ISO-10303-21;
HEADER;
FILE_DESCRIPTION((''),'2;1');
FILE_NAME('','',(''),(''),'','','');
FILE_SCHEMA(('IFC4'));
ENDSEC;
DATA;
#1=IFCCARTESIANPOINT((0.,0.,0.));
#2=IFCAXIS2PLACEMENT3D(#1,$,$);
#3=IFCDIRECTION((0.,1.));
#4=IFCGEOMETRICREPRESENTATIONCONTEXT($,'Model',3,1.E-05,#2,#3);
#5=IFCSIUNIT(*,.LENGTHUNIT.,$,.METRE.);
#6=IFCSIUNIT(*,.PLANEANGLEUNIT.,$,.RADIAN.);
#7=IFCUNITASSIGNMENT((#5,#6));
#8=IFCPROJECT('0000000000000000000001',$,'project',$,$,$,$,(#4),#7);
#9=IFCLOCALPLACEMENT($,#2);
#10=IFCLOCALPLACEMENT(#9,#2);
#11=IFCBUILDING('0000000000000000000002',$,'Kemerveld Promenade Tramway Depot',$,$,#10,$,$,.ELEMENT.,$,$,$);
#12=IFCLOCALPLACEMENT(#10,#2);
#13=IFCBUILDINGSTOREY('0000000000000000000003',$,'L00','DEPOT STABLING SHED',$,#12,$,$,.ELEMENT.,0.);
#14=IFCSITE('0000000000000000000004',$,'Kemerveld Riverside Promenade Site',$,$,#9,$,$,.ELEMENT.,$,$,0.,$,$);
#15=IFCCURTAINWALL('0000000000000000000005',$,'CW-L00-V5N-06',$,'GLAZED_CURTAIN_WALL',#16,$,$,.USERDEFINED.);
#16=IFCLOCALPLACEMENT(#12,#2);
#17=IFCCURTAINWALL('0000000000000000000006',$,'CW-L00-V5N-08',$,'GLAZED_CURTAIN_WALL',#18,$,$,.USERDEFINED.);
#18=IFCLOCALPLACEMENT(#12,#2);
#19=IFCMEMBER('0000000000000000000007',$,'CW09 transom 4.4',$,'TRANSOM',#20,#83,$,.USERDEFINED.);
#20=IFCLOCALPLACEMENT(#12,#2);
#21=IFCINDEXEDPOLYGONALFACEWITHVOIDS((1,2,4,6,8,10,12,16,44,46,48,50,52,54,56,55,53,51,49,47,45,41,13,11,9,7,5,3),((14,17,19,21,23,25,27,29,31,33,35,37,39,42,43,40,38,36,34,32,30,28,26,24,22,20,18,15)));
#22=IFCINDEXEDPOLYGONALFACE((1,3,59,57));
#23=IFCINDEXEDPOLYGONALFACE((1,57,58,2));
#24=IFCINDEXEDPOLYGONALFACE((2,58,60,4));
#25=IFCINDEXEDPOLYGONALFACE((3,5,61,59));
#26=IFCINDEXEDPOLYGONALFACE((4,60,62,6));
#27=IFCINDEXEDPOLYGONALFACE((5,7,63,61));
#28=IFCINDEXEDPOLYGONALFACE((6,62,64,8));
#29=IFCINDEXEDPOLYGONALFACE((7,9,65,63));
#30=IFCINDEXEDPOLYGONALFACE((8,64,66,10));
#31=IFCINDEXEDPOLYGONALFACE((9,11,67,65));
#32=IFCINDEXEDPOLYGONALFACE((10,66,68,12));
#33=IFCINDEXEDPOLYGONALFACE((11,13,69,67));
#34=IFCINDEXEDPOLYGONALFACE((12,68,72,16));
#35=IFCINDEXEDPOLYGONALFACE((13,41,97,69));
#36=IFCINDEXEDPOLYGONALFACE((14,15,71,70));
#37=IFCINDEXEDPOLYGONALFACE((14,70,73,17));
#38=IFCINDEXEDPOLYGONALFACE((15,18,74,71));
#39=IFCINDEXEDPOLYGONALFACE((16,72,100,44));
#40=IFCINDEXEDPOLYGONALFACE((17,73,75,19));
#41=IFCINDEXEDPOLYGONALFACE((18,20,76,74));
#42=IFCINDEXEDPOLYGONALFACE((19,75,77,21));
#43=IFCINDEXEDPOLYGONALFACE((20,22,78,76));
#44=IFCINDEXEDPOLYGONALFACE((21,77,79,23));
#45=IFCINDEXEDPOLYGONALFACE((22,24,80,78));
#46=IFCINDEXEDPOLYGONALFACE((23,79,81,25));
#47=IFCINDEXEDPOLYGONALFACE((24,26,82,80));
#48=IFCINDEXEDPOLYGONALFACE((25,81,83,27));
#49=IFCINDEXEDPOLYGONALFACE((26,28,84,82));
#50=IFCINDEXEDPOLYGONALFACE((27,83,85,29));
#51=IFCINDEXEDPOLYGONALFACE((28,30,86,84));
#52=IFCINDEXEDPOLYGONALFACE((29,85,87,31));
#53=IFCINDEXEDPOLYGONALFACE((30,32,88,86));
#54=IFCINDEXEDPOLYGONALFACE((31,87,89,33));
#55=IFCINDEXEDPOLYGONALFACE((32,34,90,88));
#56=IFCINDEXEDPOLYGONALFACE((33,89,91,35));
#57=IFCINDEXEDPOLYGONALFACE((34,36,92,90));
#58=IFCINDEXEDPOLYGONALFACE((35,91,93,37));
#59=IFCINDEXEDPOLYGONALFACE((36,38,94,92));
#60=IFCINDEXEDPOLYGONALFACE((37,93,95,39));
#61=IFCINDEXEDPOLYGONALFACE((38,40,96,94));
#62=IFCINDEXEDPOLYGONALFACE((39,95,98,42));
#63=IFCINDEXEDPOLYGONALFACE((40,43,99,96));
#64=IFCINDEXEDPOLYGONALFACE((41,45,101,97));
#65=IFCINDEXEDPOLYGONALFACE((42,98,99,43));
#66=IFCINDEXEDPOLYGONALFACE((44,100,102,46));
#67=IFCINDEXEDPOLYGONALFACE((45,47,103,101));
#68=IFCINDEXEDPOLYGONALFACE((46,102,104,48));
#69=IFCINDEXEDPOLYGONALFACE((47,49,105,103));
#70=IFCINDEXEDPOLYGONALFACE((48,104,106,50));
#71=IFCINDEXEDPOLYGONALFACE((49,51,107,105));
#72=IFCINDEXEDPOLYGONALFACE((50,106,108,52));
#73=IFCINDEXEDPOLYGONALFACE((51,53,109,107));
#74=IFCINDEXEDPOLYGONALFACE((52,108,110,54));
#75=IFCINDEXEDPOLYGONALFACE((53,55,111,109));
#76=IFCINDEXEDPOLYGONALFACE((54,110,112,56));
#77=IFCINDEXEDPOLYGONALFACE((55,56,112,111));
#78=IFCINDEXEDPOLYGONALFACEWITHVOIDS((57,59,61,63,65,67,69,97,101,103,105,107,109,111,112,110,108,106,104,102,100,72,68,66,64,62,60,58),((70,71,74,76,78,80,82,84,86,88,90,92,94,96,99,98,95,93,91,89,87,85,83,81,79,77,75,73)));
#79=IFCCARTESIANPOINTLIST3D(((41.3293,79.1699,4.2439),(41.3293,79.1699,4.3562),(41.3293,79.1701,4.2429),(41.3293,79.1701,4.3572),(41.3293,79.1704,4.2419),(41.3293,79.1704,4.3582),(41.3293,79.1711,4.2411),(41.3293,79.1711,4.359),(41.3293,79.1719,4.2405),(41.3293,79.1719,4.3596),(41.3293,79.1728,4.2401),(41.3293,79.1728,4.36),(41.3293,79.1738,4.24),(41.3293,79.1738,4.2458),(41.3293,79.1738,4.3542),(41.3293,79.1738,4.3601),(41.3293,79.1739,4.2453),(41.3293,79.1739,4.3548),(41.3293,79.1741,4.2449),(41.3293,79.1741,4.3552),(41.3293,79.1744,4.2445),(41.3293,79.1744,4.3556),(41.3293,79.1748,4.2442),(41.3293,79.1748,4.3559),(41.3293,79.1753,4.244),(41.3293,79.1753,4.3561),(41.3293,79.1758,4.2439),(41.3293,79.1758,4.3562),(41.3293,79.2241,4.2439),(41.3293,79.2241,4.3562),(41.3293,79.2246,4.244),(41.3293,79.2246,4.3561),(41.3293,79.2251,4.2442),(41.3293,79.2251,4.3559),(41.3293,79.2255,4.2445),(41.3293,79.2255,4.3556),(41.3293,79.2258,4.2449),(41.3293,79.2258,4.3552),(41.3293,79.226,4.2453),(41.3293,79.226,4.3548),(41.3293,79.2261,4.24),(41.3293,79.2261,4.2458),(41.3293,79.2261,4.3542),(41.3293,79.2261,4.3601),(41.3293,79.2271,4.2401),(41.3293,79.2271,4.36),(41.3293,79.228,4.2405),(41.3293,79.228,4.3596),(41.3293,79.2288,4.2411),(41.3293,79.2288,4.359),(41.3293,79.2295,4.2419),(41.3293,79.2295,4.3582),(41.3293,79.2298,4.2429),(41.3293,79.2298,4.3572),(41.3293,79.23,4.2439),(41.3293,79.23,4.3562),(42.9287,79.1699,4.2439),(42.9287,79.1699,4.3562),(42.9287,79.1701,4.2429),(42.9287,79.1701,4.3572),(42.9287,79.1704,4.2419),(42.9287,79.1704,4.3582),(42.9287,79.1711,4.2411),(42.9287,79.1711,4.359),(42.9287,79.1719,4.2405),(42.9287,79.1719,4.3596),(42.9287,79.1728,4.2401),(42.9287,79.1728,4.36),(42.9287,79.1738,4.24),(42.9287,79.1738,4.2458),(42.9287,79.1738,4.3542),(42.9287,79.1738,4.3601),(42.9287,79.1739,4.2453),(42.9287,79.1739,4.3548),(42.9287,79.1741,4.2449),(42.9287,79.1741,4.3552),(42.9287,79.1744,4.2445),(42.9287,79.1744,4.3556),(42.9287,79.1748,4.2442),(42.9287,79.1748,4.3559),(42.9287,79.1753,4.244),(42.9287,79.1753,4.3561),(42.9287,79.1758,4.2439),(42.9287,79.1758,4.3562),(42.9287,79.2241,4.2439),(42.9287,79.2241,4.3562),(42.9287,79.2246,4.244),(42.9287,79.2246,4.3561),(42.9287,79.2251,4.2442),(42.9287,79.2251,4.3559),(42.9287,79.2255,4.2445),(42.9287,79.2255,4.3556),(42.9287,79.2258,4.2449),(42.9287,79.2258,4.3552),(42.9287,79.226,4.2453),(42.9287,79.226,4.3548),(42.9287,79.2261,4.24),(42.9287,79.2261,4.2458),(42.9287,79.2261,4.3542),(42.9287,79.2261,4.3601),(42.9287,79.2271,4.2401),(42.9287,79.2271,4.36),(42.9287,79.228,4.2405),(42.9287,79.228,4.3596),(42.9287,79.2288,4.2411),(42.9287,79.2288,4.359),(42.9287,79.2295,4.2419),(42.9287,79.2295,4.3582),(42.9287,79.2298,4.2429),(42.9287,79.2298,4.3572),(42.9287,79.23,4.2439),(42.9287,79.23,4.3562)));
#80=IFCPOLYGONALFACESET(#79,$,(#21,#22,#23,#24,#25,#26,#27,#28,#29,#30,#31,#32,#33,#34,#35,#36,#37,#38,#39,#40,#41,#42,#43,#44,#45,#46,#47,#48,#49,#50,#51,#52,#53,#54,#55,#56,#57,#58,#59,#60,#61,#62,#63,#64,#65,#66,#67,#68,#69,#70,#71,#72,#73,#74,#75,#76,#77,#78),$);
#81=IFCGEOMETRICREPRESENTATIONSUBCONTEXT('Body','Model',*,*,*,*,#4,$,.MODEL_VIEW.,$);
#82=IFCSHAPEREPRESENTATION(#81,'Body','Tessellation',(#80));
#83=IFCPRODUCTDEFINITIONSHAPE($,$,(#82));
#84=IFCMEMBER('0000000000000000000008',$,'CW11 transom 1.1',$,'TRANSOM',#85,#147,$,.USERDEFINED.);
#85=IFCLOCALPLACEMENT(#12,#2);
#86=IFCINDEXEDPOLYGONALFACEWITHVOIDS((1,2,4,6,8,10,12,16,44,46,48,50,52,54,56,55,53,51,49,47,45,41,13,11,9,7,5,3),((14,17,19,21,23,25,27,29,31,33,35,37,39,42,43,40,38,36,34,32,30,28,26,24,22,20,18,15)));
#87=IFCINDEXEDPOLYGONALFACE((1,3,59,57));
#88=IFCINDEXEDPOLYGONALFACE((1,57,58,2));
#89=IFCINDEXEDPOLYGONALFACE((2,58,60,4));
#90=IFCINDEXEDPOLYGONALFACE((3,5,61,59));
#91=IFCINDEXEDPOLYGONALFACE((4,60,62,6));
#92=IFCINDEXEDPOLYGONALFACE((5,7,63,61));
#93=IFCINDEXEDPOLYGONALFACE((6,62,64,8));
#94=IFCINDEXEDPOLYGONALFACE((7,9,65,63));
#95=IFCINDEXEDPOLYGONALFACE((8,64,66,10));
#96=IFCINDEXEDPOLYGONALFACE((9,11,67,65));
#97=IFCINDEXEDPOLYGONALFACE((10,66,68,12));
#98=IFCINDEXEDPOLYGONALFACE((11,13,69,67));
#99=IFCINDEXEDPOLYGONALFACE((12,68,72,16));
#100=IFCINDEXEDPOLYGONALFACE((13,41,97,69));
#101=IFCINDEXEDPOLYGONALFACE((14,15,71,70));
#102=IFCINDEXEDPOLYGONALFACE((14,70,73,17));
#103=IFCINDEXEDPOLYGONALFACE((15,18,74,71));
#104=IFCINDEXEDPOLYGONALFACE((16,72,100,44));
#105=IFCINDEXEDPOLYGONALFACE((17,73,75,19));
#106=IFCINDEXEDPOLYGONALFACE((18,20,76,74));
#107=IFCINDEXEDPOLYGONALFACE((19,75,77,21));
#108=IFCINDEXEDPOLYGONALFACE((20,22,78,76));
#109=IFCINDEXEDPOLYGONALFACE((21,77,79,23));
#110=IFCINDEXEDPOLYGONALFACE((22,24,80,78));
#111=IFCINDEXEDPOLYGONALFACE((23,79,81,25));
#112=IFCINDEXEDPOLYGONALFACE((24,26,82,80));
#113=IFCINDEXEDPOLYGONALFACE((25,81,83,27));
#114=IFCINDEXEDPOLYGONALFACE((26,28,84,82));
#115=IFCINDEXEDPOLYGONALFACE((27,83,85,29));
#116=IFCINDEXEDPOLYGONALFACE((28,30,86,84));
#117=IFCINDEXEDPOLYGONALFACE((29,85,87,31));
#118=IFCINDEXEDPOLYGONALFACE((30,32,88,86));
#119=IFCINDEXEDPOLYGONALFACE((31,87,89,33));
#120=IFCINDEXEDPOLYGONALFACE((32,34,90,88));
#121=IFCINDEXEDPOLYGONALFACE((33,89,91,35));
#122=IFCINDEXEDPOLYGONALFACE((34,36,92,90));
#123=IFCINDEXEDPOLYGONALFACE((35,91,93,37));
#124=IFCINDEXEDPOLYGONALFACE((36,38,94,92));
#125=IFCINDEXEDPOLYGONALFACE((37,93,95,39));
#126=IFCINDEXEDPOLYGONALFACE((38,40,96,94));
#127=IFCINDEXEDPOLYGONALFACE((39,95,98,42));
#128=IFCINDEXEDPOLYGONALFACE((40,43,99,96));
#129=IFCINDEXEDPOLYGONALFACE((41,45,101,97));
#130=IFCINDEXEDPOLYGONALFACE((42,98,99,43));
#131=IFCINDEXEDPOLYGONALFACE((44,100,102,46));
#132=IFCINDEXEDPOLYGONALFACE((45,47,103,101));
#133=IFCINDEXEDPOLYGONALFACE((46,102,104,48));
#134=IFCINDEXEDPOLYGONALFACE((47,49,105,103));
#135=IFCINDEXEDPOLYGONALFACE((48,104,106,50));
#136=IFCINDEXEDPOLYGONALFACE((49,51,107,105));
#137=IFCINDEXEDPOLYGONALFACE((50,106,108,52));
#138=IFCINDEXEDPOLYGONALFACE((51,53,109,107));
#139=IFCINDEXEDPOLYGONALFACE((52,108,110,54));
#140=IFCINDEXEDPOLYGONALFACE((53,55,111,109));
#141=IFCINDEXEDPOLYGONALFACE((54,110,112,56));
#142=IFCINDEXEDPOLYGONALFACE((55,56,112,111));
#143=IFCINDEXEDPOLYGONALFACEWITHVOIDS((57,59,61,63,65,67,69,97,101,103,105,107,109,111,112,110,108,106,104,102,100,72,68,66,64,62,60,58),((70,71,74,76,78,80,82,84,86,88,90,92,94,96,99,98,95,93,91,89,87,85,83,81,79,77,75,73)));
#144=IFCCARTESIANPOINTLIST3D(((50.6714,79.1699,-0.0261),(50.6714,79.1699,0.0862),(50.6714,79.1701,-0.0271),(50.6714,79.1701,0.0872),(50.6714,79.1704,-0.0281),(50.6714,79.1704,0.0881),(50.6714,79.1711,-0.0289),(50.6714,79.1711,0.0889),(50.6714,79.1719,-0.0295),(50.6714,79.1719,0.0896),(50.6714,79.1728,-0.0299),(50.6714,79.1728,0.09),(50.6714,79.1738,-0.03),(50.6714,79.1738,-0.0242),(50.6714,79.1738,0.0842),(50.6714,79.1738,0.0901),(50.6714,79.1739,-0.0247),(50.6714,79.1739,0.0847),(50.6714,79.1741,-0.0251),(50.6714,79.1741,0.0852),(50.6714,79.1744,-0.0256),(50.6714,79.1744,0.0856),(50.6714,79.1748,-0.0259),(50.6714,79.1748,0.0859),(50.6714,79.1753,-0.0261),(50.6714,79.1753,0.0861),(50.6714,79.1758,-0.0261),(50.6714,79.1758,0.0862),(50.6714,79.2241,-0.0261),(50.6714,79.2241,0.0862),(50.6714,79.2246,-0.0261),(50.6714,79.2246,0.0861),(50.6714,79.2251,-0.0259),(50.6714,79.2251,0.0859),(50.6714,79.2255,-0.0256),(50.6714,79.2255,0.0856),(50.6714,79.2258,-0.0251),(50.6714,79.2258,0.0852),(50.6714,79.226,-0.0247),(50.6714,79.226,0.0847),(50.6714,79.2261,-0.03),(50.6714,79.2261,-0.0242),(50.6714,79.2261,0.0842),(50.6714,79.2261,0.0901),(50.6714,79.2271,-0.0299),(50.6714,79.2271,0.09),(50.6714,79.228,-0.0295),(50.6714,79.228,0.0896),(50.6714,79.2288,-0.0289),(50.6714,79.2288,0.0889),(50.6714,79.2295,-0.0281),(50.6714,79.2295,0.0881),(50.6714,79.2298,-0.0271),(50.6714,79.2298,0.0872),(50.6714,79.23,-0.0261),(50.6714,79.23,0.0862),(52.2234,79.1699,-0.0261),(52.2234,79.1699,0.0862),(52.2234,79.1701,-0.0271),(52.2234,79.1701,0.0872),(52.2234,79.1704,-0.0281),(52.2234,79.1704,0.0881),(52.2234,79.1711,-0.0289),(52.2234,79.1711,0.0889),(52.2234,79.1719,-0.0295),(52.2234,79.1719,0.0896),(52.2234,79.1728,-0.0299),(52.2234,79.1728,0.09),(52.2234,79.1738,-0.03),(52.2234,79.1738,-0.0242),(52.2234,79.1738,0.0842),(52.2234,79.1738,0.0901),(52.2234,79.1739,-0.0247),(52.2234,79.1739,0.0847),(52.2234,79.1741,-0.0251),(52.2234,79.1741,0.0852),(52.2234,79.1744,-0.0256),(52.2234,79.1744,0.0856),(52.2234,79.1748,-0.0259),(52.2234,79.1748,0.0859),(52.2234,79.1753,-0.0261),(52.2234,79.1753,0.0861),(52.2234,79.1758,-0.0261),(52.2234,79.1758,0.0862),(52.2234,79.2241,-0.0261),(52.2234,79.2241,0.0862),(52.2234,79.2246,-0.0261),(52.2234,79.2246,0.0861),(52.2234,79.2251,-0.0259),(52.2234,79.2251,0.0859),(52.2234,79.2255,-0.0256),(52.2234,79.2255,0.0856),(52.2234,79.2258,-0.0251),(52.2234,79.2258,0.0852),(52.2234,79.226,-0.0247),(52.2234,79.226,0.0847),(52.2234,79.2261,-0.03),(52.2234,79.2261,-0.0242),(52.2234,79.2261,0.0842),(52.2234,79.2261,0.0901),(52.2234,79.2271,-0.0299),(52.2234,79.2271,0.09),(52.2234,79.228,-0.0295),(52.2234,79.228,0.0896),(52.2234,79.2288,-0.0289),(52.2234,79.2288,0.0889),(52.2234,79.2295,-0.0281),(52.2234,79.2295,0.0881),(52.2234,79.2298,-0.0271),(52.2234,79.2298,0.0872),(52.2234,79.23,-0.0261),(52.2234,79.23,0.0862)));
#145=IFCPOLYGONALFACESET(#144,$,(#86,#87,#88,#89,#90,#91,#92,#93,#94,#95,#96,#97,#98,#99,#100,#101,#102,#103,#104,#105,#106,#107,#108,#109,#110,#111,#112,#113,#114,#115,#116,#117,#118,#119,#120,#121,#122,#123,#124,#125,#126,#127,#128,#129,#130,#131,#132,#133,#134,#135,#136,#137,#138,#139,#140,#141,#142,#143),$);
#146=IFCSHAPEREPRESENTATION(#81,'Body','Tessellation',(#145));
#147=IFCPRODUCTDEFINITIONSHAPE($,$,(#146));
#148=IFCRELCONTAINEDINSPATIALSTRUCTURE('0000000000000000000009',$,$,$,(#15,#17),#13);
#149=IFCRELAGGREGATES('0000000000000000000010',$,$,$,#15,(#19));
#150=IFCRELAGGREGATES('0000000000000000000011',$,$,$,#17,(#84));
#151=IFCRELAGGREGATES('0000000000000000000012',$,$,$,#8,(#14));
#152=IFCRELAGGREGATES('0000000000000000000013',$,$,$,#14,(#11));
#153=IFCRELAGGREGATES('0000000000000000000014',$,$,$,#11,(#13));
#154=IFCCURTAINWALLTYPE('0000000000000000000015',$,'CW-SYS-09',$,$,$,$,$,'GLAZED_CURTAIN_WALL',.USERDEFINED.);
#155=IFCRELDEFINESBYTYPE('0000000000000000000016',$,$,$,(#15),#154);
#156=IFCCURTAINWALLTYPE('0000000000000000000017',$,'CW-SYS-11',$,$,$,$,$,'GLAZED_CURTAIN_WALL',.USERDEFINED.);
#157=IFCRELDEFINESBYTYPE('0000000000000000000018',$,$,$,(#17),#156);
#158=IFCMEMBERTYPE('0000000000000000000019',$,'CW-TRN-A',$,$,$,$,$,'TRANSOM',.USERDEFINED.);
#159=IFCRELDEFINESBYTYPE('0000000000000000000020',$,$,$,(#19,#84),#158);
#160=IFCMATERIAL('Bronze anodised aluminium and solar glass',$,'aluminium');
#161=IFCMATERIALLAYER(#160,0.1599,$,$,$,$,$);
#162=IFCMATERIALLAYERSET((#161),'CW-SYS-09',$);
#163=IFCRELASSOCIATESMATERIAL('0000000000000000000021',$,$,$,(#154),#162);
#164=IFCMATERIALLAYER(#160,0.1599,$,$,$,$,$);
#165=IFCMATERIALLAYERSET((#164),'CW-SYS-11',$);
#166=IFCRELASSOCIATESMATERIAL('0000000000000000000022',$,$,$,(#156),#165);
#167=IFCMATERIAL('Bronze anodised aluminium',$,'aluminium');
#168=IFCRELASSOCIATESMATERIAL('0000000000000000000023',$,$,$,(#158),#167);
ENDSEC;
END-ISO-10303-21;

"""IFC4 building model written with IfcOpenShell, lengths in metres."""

from ifc_helpers import new_model, si_unit, direction, frame, origin, origin_2d, place, context, subcontext, project, spatial, hollow_rectangle, extrude, material, layer, layer_set, material_profile, profile_set, type_object, element, aggregate, save


model = new_model("IFC4")

# Units and contexts
model_context = context("Model", 3, precision=1e-05, world=origin(), true_north=direction((0.0, 1.0)))
body_context = subcontext(model_context, "Body", "Model", "MODEL_VIEW")
ifc_project = project(units=[si_unit("LENGTHUNIT", "METRE"), si_unit("PLANEANGLEUNIT", "RADIAN")], contexts=[model_context])

# Site, building, storey
site_placement = place(None, origin())
site = spatial("IfcSite", under=ifc_project, at=site_placement, Name="Kemerveld Riverside Promenade Site", CompositionType="ELEMENT", RefElevation=0.0)
building_placement = place(site_placement, origin())
building = spatial("IfcBuilding", under=site, at=building_placement, Name="Kemerveld Promenade Tramway Depot", CompositionType="ELEMENT")
storey_placement = place(building_placement, origin())
storey = spatial("IfcBuildingStorey", under=building, at=storey_placement, Name="L00", Description="DEPOT STABLING SHED", CompositionType="ELEMENT", Elevation=0.0)

# Curtain walls
ifc_material_1 = material(Name="Bronze anodised aluminium and solar glass", Category="aluminium")
ifc_layer_1 = layer(ifc_material_1, 0.1599)
ifc_layer_set_1 = layer_set([ifc_layer_1], Name="CW-SYS-09")
curtain_wall_type_1 = type_object("IfcCurtainWallType", Name="CW-SYS-09", ElementType="GLAZED_CURTAIN_WALL", PredefinedType="USERDEFINED", material=ifc_layer_set_1)
curtain_wall_1_placement = place(storey_placement, origin())
curtain_wall_1 = element("IfcCurtainWall", 1, at=curtain_wall_1_placement, inside=storey, type_object=curtain_wall_type_1, Name="CW-L00-V5N-06", ObjectType="GLAZED_CURTAIN_WALL", PredefinedType="USERDEFINED")
ifc_material_2 = material(Name="Bronze anodised aluminium", Category="aluminium")
ifc_layer_2 = layer(ifc_material_1, 0.1599)
ifc_layer_set_2 = layer_set([ifc_layer_2], Name="CW-SYS-11")
curtain_wall_type_2 = type_object("IfcCurtainWallType", Name="CW-SYS-11", ElementType="GLAZED_CURTAIN_WALL", PredefinedType="USERDEFINED", material=ifc_layer_set_2)
curtain_wall_2_placement = place(storey_placement, origin())
curtain_wall_2 = element("IfcCurtainWall", 2, at=curtain_wall_2_placement, inside=storey, type_object=curtain_wall_type_2, Name="CW-L00-V5N-08", ObjectType="GLAZED_CURTAIN_WALL", PredefinedType="USERDEFINED")

# Members
ifc_material_profile_1 = material_profile(ifc_material_2, hollow_rectangle(XDim=0.0601, YDim=0.1201, WallThickness=0.0039, InnerFilletRadius=0.002, OuterFilletRadius=0.0039, at=origin_2d()), Name="CW-TRN-120x60")
ifc_profile_set_1 = profile_set([ifc_material_profile_1], Name="Bronze anodised aluminium")
member_type_1 = type_object("IfcMemberType", Name="CW-TRN-A", ElementType="TRANSOM", PredefinedType="USERDEFINED", material=ifc_profile_set_1)
member_1_placement = place(storey_placement, frame((41.3293, 79.2, 4.3), z_axis=(1.0, 0.0, 0.0), x_axis=(0.0, 1.0, 0.0)))
member_1 = element("IfcMember", 3, at=member_1_placement, type_object=member_type_1, Name="CW09 transom 4.4", ObjectType="TRANSOM", PredefinedType="USERDEFINED", context=body_context, shape_type="SweptSolid", body=[
    extrude(hollow_rectangle(XDim=0.0601, YDim=0.1201, WallThickness=0.0039, InnerFilletRadius=0.002, OuterFilletRadius=0.0039, at=origin_2d()), origin(), (0.0, 0.0, 1.0), 1.5994),
])
member_2_placement = place(storey_placement, frame((50.6714, 79.2, 0.03), z_axis=(1.0, 0.0, 0.0), x_axis=(0.0, 1.0, 0.0)))
member_2 = element("IfcMember", 4, at=member_2_placement, type_object=member_type_1, Name="CW11 transom 1.1", ObjectType="TRANSOM", PredefinedType="USERDEFINED", context=body_context, shape_type="SweptSolid", body=[
    extrude(hollow_rectangle(XDim=0.0601, YDim=0.1201, WallThickness=0.0039, InnerFilletRadius=0.002, OuterFilletRadius=0.0039, at=origin_2d()), origin(), (0.0, 0.0, 1.0), 1.552),
])

aggregate(curtain_wall_1, [member_1])
aggregate(curtain_wall_2, [member_2])

save(model, "model.ifc")
